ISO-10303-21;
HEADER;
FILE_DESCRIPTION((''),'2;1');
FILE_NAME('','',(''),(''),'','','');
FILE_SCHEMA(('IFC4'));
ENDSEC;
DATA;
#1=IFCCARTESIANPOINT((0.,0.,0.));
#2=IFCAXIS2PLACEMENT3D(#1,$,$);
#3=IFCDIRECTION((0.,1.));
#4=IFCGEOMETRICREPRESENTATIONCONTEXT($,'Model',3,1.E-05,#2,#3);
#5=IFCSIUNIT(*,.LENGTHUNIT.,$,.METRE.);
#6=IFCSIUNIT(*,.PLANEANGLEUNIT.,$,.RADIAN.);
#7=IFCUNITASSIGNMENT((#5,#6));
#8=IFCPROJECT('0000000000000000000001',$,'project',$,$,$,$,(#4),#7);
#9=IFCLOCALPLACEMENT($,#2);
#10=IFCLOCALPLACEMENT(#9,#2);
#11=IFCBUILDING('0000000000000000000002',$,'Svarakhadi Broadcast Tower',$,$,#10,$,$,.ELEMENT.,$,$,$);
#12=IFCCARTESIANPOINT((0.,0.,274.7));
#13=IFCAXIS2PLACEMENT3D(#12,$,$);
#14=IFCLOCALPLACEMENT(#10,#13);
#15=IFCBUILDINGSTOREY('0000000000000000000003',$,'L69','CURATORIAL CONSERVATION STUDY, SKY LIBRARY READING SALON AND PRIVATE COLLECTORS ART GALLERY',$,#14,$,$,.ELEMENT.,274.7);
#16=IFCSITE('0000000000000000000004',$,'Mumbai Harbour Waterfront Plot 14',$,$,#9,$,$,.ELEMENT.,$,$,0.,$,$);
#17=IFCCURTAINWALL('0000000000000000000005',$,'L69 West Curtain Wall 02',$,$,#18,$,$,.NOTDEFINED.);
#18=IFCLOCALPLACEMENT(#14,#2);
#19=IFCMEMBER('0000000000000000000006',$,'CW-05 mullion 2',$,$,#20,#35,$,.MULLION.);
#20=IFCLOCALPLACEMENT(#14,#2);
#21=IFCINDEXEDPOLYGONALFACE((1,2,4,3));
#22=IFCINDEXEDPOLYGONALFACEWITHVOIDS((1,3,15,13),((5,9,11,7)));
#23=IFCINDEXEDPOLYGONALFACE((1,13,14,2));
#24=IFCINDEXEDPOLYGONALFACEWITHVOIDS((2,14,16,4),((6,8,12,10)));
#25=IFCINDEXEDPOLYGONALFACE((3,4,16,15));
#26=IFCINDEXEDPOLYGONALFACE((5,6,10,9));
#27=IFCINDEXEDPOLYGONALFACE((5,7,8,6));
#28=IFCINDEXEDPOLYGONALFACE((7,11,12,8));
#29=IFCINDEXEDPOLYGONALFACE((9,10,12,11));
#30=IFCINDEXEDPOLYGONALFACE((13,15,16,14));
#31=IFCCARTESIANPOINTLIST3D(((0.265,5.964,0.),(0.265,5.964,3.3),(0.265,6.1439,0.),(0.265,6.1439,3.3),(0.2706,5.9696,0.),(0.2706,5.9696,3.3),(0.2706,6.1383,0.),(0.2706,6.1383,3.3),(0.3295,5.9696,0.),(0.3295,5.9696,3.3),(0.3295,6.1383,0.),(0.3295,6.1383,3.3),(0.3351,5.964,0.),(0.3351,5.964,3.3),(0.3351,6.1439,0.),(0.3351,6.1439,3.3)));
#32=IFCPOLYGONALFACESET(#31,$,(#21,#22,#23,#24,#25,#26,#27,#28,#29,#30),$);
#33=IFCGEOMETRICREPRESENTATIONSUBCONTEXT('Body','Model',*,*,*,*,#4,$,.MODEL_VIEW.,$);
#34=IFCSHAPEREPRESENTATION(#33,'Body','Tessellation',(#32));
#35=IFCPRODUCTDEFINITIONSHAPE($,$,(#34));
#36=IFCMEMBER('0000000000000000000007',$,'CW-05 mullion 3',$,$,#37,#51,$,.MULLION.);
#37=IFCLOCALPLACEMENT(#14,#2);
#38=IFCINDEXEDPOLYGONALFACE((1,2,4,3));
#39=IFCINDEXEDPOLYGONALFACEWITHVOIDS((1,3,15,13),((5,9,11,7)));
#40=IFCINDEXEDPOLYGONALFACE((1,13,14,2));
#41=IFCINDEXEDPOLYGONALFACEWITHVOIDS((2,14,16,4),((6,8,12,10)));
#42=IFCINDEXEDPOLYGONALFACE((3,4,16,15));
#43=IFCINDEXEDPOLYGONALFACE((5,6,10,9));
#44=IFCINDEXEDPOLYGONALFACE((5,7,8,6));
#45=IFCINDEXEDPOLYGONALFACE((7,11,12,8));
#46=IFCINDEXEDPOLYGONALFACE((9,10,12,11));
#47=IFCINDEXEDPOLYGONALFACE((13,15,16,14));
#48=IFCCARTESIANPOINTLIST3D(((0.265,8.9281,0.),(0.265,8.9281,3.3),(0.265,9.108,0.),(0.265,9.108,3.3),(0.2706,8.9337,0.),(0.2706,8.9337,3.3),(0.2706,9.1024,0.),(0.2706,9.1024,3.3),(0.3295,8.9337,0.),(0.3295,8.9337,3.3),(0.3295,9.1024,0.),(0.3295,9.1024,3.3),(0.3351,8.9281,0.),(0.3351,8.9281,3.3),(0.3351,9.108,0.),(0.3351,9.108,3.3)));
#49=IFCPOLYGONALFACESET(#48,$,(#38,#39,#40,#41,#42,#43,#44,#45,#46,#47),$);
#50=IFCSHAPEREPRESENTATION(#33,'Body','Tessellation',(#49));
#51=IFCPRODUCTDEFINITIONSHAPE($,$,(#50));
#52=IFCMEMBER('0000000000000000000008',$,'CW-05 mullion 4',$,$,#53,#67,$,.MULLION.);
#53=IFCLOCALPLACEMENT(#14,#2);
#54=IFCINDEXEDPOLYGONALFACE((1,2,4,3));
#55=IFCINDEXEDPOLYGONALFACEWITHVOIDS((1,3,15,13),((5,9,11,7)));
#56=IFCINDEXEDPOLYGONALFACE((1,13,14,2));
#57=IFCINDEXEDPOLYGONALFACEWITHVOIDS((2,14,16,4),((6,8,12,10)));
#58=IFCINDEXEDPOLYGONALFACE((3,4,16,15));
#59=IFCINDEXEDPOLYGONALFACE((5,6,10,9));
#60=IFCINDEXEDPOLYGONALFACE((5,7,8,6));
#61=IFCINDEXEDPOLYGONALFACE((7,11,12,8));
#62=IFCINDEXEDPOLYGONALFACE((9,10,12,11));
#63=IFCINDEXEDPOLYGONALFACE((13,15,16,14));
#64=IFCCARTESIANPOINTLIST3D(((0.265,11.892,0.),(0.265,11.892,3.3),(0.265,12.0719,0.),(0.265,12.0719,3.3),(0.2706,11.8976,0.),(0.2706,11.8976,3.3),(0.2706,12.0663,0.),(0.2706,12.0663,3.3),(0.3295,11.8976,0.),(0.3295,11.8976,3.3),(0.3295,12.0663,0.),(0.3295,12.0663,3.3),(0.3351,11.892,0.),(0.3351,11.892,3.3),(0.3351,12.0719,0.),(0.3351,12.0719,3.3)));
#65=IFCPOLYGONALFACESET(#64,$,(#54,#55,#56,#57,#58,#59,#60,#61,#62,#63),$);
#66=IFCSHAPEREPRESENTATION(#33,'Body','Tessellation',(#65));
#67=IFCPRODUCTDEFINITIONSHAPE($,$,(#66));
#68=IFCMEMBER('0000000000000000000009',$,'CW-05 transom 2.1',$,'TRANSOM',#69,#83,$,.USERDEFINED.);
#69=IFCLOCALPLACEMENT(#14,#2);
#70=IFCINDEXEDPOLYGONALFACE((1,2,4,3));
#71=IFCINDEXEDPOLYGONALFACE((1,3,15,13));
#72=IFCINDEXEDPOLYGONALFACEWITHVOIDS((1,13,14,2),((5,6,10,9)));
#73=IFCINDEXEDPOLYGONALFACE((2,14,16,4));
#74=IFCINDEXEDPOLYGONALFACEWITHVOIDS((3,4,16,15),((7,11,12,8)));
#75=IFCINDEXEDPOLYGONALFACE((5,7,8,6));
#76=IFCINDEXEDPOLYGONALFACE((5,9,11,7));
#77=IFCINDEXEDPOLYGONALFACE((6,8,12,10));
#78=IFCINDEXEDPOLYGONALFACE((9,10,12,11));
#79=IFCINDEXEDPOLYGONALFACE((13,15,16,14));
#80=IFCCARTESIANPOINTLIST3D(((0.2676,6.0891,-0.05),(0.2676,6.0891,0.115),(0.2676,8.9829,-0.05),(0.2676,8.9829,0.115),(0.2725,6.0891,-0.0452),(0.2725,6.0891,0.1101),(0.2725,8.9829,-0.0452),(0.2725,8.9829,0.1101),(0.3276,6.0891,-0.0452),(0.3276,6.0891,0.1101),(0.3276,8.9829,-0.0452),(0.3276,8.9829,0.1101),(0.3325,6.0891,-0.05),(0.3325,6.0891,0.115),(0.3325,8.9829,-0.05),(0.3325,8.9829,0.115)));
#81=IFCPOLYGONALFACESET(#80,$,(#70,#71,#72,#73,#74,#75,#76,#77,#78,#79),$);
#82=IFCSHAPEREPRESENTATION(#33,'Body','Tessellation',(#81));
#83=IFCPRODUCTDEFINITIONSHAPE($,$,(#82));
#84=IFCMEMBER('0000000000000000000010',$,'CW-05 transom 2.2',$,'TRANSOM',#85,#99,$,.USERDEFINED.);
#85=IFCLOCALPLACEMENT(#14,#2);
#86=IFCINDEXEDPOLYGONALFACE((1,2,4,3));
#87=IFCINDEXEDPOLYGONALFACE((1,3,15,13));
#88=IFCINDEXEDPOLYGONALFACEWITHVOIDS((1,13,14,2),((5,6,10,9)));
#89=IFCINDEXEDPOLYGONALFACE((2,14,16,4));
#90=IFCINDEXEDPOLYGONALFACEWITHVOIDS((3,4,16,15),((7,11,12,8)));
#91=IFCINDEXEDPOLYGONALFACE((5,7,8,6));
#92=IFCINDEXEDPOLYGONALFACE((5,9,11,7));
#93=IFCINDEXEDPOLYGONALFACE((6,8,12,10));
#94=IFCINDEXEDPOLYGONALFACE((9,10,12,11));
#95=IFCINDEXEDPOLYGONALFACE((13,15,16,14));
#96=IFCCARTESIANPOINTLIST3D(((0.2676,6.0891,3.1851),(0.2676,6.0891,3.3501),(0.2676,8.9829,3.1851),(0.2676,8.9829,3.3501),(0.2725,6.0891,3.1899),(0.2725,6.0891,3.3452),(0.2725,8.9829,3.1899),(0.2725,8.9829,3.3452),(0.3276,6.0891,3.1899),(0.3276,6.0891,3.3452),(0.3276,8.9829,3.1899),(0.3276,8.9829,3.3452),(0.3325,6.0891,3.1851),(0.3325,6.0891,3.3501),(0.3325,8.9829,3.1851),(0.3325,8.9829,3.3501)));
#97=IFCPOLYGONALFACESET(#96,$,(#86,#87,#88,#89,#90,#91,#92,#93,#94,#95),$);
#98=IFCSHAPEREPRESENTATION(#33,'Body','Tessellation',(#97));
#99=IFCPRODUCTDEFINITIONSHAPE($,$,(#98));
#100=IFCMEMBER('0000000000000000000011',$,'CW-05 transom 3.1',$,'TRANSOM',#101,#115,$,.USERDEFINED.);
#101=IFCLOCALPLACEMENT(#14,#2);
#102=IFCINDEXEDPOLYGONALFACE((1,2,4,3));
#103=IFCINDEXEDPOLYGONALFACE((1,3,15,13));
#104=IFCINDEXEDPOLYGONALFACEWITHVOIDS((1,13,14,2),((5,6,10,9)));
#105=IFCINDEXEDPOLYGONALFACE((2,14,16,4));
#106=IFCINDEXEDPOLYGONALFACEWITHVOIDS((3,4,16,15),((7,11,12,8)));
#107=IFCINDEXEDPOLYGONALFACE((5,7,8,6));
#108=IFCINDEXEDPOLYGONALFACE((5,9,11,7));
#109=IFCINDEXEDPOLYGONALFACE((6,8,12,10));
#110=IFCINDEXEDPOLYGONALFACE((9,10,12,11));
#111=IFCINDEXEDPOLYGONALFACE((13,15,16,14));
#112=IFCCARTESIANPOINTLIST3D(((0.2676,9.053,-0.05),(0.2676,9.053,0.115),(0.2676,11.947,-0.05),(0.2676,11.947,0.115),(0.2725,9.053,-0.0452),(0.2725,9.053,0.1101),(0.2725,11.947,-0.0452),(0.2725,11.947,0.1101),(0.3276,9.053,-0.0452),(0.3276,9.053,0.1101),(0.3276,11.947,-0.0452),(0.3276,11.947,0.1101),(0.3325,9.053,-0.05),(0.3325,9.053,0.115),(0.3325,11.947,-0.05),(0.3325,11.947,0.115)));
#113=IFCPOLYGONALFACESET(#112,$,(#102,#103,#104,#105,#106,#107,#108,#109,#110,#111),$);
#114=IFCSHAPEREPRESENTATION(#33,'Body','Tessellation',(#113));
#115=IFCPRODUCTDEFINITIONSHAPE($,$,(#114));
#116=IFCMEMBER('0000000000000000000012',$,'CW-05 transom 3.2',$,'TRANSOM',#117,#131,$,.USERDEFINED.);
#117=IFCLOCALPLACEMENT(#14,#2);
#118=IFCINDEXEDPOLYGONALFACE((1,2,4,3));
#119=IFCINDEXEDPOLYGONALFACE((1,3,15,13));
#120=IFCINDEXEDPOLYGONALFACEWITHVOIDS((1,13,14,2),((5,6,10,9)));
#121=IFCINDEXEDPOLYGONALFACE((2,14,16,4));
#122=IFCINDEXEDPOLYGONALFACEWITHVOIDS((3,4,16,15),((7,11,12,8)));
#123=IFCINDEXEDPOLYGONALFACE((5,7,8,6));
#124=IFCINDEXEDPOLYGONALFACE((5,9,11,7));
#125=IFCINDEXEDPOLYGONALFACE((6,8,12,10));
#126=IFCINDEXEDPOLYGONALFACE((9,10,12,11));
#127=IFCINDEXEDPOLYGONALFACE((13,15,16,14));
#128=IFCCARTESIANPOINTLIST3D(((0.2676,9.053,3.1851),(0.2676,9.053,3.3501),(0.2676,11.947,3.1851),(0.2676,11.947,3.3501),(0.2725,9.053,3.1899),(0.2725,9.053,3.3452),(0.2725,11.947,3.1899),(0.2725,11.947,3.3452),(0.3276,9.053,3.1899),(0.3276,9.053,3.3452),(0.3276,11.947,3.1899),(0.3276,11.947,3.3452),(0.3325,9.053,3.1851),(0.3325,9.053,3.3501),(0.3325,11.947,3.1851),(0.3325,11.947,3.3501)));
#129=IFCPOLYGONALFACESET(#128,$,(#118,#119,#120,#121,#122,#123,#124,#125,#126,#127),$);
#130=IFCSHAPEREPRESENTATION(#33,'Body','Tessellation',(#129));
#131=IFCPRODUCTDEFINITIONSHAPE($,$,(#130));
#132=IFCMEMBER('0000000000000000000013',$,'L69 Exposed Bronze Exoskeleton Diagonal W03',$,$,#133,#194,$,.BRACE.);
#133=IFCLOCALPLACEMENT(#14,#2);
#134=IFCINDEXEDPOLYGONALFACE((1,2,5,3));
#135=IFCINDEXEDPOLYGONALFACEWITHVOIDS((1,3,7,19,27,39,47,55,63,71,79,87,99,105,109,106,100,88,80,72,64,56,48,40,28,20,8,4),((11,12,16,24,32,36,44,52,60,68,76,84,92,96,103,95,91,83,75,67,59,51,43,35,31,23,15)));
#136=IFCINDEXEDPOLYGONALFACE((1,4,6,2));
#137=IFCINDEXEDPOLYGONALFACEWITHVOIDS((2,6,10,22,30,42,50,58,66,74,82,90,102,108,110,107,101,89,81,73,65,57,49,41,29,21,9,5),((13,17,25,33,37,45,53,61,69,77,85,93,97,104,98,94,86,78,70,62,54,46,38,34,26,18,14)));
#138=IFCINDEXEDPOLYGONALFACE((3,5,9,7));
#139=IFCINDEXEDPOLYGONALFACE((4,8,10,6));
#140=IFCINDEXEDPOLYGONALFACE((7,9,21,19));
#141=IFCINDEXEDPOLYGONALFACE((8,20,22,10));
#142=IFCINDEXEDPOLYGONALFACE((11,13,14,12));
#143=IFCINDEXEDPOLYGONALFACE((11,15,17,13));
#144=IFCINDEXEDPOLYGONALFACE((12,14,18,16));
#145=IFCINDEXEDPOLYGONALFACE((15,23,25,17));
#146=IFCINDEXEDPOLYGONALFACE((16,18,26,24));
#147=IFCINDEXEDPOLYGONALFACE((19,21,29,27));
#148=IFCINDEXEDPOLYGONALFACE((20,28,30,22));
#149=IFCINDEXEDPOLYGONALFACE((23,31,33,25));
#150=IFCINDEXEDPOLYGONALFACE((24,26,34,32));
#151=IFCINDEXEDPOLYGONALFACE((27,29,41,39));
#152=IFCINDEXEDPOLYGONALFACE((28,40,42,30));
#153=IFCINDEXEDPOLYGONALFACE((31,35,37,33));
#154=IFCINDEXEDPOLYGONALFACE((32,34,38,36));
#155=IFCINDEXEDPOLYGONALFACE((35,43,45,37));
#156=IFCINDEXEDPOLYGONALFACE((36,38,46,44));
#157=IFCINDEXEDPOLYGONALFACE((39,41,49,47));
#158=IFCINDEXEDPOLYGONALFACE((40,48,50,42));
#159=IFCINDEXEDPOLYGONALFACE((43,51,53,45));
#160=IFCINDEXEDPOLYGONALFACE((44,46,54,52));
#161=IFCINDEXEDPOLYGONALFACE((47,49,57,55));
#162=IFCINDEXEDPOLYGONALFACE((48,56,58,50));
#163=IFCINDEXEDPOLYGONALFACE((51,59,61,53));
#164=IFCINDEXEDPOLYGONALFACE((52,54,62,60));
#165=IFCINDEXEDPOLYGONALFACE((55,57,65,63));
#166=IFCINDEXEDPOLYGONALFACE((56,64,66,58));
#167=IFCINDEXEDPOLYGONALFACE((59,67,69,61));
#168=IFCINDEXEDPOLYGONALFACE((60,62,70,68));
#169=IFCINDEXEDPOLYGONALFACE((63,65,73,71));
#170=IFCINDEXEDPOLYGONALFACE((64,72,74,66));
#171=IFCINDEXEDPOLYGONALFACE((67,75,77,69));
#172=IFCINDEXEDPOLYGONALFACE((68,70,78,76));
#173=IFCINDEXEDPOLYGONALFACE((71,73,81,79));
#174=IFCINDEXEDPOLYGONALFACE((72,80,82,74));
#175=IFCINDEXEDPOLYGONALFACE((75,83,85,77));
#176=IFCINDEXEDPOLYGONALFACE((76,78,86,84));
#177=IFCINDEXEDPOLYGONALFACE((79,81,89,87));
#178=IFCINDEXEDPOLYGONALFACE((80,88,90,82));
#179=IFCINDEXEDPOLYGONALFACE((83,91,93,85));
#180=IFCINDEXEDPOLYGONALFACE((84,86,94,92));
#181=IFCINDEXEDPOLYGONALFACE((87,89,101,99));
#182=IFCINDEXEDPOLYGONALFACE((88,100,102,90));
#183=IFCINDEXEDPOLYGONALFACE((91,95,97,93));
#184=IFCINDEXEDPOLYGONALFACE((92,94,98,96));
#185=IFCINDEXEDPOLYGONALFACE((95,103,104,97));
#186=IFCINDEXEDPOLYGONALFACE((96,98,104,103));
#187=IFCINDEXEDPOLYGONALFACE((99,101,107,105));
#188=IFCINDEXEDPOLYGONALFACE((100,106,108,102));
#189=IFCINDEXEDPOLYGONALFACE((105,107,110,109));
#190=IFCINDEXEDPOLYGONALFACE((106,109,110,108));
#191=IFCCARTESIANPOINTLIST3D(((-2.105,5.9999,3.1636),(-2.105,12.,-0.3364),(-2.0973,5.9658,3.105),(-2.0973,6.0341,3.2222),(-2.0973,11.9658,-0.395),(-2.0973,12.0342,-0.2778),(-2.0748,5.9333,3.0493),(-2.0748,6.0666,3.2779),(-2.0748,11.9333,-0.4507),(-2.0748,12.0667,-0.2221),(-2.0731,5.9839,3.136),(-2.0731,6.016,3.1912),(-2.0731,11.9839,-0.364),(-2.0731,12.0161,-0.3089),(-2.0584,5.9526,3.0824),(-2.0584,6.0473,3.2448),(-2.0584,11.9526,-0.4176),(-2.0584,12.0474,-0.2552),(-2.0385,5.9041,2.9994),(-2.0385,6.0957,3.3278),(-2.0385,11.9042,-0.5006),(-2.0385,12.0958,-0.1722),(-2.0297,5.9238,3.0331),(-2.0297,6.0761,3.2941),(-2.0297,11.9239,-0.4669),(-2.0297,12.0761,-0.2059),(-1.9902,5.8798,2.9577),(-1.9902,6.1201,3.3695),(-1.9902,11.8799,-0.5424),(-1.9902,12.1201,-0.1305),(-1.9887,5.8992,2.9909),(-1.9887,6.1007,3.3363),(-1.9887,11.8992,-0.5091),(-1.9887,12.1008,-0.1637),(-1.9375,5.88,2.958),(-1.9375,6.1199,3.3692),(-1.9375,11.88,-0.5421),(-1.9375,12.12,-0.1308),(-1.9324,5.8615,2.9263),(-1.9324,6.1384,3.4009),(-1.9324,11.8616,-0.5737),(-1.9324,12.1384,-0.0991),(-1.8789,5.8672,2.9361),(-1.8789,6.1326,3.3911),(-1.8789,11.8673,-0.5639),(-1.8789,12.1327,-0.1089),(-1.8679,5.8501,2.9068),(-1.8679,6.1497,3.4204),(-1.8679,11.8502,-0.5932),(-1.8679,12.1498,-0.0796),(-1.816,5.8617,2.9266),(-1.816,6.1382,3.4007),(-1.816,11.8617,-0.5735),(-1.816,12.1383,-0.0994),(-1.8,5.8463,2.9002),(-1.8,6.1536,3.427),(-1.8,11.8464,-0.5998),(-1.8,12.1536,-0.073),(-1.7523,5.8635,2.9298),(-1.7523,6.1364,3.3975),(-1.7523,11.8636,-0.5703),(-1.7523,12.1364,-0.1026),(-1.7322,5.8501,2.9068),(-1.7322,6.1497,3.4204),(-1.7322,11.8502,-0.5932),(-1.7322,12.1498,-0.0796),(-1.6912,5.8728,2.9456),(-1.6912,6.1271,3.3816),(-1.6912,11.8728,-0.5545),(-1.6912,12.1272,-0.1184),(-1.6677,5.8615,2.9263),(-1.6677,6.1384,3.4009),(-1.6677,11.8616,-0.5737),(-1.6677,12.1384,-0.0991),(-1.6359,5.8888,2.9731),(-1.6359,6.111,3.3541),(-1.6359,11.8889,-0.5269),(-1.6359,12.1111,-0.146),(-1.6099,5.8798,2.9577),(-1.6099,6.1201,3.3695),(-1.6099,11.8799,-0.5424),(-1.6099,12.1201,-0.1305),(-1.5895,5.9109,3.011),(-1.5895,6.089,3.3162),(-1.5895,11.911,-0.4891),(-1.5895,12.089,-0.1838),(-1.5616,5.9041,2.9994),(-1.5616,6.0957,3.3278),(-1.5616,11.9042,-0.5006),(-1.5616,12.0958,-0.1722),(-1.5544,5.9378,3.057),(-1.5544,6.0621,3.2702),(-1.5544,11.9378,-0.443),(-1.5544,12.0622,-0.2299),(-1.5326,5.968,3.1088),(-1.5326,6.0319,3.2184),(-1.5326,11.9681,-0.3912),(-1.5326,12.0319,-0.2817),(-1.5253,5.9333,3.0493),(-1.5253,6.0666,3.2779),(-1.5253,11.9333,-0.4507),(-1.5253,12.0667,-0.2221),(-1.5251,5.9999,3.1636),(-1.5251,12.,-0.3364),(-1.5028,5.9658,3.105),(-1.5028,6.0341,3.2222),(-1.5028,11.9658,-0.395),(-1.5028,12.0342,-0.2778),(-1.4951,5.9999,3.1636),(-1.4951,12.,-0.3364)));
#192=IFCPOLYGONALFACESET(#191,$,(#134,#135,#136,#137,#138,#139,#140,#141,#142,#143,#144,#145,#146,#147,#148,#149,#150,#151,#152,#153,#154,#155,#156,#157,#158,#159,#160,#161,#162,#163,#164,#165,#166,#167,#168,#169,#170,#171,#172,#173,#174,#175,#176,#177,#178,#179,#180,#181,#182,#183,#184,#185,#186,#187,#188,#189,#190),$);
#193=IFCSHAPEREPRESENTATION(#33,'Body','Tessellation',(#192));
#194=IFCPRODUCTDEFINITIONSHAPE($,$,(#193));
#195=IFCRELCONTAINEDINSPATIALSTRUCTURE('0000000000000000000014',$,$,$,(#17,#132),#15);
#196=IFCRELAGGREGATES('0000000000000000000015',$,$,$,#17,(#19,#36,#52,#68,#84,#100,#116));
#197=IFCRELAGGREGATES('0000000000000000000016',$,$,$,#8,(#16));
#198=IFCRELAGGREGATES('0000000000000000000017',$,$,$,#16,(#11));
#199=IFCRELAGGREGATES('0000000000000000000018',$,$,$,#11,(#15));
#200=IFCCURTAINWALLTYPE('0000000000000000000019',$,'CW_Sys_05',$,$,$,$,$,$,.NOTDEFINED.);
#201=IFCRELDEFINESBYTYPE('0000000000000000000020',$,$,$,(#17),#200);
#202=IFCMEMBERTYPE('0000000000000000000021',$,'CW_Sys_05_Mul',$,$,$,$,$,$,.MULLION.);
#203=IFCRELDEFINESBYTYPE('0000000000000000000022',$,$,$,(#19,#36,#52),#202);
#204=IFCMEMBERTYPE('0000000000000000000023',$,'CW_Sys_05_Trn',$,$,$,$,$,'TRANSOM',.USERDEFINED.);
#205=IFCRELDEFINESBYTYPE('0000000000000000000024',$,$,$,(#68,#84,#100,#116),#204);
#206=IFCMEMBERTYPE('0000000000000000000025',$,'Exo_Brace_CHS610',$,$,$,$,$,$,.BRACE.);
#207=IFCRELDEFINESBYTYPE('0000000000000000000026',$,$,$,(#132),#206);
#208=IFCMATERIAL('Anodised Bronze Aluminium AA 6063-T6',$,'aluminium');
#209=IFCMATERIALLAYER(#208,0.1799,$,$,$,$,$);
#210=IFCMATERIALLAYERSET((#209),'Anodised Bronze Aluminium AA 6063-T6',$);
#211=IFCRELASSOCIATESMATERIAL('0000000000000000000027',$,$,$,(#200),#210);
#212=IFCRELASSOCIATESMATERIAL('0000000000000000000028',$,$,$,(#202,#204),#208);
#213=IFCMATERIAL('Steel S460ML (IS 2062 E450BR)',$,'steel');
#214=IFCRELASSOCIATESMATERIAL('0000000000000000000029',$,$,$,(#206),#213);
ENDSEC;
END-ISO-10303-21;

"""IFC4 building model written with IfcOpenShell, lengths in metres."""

from ifc_helpers import new_model, si_unit, direction, frame, origin, origin_2d, place, context, subcontext, project, spatial, hollow_rectangle, hollow_circle, extrude, material, layer, layer_set, material_profile, profile_set, type_object, element, aggregate, save


model = new_model("IFC4")

# Units and contexts
model_context = context("Model", 3, precision=1e-05, world=origin(), true_north=direction((0.0, 1.0)))
body_context = subcontext(model_context, "Body", "Model", "MODEL_VIEW")
ifc_project = project(units=[si_unit("LENGTHUNIT", "METRE"), si_unit("PLANEANGLEUNIT", "RADIAN")], contexts=[model_context])

# Site, building, storey
site_placement = place(None, origin())
site = spatial("IfcSite", under=ifc_project, at=site_placement, Name="Mumbai Harbour Waterfront Plot 14", CompositionType="ELEMENT", RefElevation=0.0)
building_placement = place(site_placement, origin())
building = spatial("IfcBuilding", under=site, at=building_placement, Name="Svarakhadi Broadcast Tower", CompositionType="ELEMENT")
storey_placement = place(building_placement, frame((0.0, 0.0, 274.7)))
storey = spatial("IfcBuildingStorey", under=building, at=storey_placement, Name="L69", Description="CURATORIAL CONSERVATION STUDY, SKY LIBRARY READING SALON AND PRIVATE COLLECTORS ART GALLERY", CompositionType="ELEMENT", Elevation=274.7)

# Shared definitions
ifc_material_1 = material(Name="Steel S460ML (IS 2062 E450BR)", Category="steel")

# Curtain wall, members
ifc_material_2 = material(Name="Anodised Bronze Aluminium AA 6063-T6", Category="aluminium")
ifc_layer_1 = layer(ifc_material_2, 0.1799)
ifc_layer_set_1 = layer_set([ifc_layer_1], Name="Anodised Bronze Aluminium AA 6063-T6")
curtain_wall_type = type_object("IfcCurtainWallType", Name="CW_Sys_05", PredefinedType="NOTDEFINED", material=ifc_layer_set_1)
curtain_wall_placement = place(storey_placement, origin())
curtain_wall = element("IfcCurtainWall", 1, at=curtain_wall_placement, inside=storey, type_object=curtain_wall_type, Name="L69 West Curtain Wall 02", PredefinedType="NOTDEFINED")
ifc_material_profile_1 = material_profile(ifc_material_2, hollow_rectangle(XDim=0.0701, YDim=0.1799, WallThickness=0.0056, at=origin_2d()), Name="ALU MULLION 180x70x6")
ifc_profile_set_1 = profile_set([ifc_material_profile_1], Name="Anodised Bronze Aluminium AA 6063-T6")
member_type_1 = type_object("IfcMemberType", Name="CW_Sys_05_Mul", PredefinedType="MULLION", material=ifc_profile_set_1)
member_1_placement = place(storey_placement, frame((0.3, 6.054, 0.0), z_axis=(0.0, 0.0, 1.0), x_axis=(-1.0, 0.0, 0.0)))
member_1 = element("IfcMember", 2, at=member_1_placement, type_object=member_type_1, Name="CW-05 mullion 2", PredefinedType="MULLION", context=body_context, shape_type="SweptSolid", body=[
    extrude(hollow_rectangle(XDim=0.0701, YDim=0.1799, WallThickness=0.0056, at=origin_2d()), origin(), (0.0, 0.0, 1.0), 3.3),
])
member_2_placement = place(storey_placement, frame((0.3, 9.0181, 0.0), z_axis=(0.0, 0.0, 1.0), x_axis=(-1.0, 0.0, 0.0)))
member_2 = element("IfcMember", 3, at=member_2_placement, type_object=member_type_1, Name="CW-05 mullion 3", PredefinedType="MULLION", context=body_context, shape_type="SweptSolid", body=[
    extrude(hollow_rectangle(XDim=0.0701, YDim=0.1799, WallThickness=0.0056, at=origin_2d()), origin(), (0.0, 0.0, 1.0), 3.3),
])
member_3_placement = place(storey_placement, frame((0.3, 11.9819, 0.0), z_axis=(0.0, 0.0, 1.0), x_axis=(-1.0, 0.0, 0.0)))
member_3 = element("IfcMember", 4, at=member_3_placement, type_object=member_type_1, Name="CW-05 mullion 4", PredefinedType="MULLION", context=body_context, shape_type="SweptSolid", body=[
    extrude(hollow_rectangle(XDim=0.0701, YDim=0.1799, WallThickness=0.0056, at=origin_2d()), origin(), (0.0, 0.0, 1.0), 3.3),
])
ifc_material_profile_2 = material_profile(ifc_material_2, hollow_rectangle(XDim=0.0649, YDim=0.165, WallThickness=0.0049, at=origin_2d()), Name="ALU TRANSOM 165x65x5")
ifc_profile_set_2 = profile_set([ifc_material_profile_2], Name="Anodised Bronze Aluminium AA 6063-T6")
member_type_2 = type_object("IfcMemberType", Name="CW_Sys_05_Trn", ElementType="TRANSOM", PredefinedType="USERDEFINED", material=ifc_profile_set_2)
member_4_placement = place(storey_placement, frame((0.3, 6.0891, 0.0325), z_axis=(0.0, 1.0, 0.0), x_axis=(-1.0, 0.0, 0.0)))
member_4 = element("IfcMember", 5, at=member_4_placement, type_object=member_type_2, Name="CW-05 transom 2.1", ObjectType="TRANSOM", PredefinedType="USERDEFINED", context=body_context, shape_type="SweptSolid", body=[
    extrude(hollow_rectangle(XDim=0.0649, YDim=0.165, WallThickness=0.0049, at=origin_2d()), origin(), (0.0, 0.0, 1.0), 2.8938),
])
member_5_placement = place(storey_placement, frame((0.3, 6.0891, 3.2676), z_axis=(0.0, 1.0, 0.0), x_axis=(-1.0, 0.0, 0.0)))
member_5 = element("IfcMember", 6, at=member_5_placement, type_object=member_type_2, Name="CW-05 transom 2.2", ObjectType="TRANSOM", PredefinedType="USERDEFINED", context=body_context, shape_type="SweptSolid", body=[
    extrude(hollow_rectangle(XDim=0.0649, YDim=0.165, WallThickness=0.0049, at=origin_2d()), origin(), (0.0, 0.0, 1.0), 2.8938),
])
member_6_placement = place(storey_placement, frame((0.3, 9.053, 0.0325), z_axis=(0.0, 1.0, 0.0), x_axis=(-1.0, 0.0, 0.0)))
member_6 = element("IfcMember", 7, at=member_6_placement, type_object=member_type_2, Name="CW-05 transom 3.1", ObjectType="TRANSOM", PredefinedType="USERDEFINED", context=body_context, shape_type="SweptSolid", body=[
    extrude(hollow_rectangle(XDim=0.0649, YDim=0.165, WallThickness=0.0049, at=origin_2d()), origin(), (0.0, 0.0, 1.0), 2.894),
])
member_7_placement = place(storey_placement, frame((0.3, 9.053, 3.2676), z_axis=(0.0, 1.0, 0.0), x_axis=(-1.0, 0.0, 0.0)))
member_7 = element("IfcMember", 8, at=member_7_placement, type_object=member_type_2, Name="CW-05 transom 3.2", ObjectType="TRANSOM", PredefinedType="USERDEFINED", context=body_context, shape_type="SweptSolid", body=[
    extrude(hollow_rectangle(XDim=0.0649, YDim=0.165, WallThickness=0.0049, at=origin_2d()), origin(), (0.0, 0.0, 1.0), 2.894),
])

# Member
ifc_material_profile_3 = material_profile(ifc_material_1, hollow_circle(Radius=0.3049, WallThickness=0.03, at=origin_2d()), Name="CHS 610x30")
ifc_profile_set_3 = profile_set([ifc_material_profile_3], Name="Steel S460ML (IS 2062 E450BR)")
member_type_3 = type_object("IfcMemberType", Name="Exo_Brace_CHS610", PredefinedType="BRACE", material=ifc_profile_set_3)
member_8_placement = place(storey_placement, frame((-1.8, 12.0, -0.3364), z_axis=(0.0, -0.863779, 0.503871), x_axis=(1.0, 0.0, 0.0)))
element("IfcMember", 9, at=member_8_placement, inside=storey, type_object=member_type_3, Name="L69 Exposed Bronze Exoskeleton Diagonal W03", PredefinedType="BRACE", context=body_context, shape_type="SweptSolid", body=[
    extrude(hollow_circle(Radius=0.3049, WallThickness=0.03, at=origin_2d()), origin(), (0.0, 0.0, 1.0), 6.9463),
])

aggregate(curtain_wall, [member_1, member_2, member_3, member_4, member_5, member_6, member_7])

save(model, "model.ifc")
